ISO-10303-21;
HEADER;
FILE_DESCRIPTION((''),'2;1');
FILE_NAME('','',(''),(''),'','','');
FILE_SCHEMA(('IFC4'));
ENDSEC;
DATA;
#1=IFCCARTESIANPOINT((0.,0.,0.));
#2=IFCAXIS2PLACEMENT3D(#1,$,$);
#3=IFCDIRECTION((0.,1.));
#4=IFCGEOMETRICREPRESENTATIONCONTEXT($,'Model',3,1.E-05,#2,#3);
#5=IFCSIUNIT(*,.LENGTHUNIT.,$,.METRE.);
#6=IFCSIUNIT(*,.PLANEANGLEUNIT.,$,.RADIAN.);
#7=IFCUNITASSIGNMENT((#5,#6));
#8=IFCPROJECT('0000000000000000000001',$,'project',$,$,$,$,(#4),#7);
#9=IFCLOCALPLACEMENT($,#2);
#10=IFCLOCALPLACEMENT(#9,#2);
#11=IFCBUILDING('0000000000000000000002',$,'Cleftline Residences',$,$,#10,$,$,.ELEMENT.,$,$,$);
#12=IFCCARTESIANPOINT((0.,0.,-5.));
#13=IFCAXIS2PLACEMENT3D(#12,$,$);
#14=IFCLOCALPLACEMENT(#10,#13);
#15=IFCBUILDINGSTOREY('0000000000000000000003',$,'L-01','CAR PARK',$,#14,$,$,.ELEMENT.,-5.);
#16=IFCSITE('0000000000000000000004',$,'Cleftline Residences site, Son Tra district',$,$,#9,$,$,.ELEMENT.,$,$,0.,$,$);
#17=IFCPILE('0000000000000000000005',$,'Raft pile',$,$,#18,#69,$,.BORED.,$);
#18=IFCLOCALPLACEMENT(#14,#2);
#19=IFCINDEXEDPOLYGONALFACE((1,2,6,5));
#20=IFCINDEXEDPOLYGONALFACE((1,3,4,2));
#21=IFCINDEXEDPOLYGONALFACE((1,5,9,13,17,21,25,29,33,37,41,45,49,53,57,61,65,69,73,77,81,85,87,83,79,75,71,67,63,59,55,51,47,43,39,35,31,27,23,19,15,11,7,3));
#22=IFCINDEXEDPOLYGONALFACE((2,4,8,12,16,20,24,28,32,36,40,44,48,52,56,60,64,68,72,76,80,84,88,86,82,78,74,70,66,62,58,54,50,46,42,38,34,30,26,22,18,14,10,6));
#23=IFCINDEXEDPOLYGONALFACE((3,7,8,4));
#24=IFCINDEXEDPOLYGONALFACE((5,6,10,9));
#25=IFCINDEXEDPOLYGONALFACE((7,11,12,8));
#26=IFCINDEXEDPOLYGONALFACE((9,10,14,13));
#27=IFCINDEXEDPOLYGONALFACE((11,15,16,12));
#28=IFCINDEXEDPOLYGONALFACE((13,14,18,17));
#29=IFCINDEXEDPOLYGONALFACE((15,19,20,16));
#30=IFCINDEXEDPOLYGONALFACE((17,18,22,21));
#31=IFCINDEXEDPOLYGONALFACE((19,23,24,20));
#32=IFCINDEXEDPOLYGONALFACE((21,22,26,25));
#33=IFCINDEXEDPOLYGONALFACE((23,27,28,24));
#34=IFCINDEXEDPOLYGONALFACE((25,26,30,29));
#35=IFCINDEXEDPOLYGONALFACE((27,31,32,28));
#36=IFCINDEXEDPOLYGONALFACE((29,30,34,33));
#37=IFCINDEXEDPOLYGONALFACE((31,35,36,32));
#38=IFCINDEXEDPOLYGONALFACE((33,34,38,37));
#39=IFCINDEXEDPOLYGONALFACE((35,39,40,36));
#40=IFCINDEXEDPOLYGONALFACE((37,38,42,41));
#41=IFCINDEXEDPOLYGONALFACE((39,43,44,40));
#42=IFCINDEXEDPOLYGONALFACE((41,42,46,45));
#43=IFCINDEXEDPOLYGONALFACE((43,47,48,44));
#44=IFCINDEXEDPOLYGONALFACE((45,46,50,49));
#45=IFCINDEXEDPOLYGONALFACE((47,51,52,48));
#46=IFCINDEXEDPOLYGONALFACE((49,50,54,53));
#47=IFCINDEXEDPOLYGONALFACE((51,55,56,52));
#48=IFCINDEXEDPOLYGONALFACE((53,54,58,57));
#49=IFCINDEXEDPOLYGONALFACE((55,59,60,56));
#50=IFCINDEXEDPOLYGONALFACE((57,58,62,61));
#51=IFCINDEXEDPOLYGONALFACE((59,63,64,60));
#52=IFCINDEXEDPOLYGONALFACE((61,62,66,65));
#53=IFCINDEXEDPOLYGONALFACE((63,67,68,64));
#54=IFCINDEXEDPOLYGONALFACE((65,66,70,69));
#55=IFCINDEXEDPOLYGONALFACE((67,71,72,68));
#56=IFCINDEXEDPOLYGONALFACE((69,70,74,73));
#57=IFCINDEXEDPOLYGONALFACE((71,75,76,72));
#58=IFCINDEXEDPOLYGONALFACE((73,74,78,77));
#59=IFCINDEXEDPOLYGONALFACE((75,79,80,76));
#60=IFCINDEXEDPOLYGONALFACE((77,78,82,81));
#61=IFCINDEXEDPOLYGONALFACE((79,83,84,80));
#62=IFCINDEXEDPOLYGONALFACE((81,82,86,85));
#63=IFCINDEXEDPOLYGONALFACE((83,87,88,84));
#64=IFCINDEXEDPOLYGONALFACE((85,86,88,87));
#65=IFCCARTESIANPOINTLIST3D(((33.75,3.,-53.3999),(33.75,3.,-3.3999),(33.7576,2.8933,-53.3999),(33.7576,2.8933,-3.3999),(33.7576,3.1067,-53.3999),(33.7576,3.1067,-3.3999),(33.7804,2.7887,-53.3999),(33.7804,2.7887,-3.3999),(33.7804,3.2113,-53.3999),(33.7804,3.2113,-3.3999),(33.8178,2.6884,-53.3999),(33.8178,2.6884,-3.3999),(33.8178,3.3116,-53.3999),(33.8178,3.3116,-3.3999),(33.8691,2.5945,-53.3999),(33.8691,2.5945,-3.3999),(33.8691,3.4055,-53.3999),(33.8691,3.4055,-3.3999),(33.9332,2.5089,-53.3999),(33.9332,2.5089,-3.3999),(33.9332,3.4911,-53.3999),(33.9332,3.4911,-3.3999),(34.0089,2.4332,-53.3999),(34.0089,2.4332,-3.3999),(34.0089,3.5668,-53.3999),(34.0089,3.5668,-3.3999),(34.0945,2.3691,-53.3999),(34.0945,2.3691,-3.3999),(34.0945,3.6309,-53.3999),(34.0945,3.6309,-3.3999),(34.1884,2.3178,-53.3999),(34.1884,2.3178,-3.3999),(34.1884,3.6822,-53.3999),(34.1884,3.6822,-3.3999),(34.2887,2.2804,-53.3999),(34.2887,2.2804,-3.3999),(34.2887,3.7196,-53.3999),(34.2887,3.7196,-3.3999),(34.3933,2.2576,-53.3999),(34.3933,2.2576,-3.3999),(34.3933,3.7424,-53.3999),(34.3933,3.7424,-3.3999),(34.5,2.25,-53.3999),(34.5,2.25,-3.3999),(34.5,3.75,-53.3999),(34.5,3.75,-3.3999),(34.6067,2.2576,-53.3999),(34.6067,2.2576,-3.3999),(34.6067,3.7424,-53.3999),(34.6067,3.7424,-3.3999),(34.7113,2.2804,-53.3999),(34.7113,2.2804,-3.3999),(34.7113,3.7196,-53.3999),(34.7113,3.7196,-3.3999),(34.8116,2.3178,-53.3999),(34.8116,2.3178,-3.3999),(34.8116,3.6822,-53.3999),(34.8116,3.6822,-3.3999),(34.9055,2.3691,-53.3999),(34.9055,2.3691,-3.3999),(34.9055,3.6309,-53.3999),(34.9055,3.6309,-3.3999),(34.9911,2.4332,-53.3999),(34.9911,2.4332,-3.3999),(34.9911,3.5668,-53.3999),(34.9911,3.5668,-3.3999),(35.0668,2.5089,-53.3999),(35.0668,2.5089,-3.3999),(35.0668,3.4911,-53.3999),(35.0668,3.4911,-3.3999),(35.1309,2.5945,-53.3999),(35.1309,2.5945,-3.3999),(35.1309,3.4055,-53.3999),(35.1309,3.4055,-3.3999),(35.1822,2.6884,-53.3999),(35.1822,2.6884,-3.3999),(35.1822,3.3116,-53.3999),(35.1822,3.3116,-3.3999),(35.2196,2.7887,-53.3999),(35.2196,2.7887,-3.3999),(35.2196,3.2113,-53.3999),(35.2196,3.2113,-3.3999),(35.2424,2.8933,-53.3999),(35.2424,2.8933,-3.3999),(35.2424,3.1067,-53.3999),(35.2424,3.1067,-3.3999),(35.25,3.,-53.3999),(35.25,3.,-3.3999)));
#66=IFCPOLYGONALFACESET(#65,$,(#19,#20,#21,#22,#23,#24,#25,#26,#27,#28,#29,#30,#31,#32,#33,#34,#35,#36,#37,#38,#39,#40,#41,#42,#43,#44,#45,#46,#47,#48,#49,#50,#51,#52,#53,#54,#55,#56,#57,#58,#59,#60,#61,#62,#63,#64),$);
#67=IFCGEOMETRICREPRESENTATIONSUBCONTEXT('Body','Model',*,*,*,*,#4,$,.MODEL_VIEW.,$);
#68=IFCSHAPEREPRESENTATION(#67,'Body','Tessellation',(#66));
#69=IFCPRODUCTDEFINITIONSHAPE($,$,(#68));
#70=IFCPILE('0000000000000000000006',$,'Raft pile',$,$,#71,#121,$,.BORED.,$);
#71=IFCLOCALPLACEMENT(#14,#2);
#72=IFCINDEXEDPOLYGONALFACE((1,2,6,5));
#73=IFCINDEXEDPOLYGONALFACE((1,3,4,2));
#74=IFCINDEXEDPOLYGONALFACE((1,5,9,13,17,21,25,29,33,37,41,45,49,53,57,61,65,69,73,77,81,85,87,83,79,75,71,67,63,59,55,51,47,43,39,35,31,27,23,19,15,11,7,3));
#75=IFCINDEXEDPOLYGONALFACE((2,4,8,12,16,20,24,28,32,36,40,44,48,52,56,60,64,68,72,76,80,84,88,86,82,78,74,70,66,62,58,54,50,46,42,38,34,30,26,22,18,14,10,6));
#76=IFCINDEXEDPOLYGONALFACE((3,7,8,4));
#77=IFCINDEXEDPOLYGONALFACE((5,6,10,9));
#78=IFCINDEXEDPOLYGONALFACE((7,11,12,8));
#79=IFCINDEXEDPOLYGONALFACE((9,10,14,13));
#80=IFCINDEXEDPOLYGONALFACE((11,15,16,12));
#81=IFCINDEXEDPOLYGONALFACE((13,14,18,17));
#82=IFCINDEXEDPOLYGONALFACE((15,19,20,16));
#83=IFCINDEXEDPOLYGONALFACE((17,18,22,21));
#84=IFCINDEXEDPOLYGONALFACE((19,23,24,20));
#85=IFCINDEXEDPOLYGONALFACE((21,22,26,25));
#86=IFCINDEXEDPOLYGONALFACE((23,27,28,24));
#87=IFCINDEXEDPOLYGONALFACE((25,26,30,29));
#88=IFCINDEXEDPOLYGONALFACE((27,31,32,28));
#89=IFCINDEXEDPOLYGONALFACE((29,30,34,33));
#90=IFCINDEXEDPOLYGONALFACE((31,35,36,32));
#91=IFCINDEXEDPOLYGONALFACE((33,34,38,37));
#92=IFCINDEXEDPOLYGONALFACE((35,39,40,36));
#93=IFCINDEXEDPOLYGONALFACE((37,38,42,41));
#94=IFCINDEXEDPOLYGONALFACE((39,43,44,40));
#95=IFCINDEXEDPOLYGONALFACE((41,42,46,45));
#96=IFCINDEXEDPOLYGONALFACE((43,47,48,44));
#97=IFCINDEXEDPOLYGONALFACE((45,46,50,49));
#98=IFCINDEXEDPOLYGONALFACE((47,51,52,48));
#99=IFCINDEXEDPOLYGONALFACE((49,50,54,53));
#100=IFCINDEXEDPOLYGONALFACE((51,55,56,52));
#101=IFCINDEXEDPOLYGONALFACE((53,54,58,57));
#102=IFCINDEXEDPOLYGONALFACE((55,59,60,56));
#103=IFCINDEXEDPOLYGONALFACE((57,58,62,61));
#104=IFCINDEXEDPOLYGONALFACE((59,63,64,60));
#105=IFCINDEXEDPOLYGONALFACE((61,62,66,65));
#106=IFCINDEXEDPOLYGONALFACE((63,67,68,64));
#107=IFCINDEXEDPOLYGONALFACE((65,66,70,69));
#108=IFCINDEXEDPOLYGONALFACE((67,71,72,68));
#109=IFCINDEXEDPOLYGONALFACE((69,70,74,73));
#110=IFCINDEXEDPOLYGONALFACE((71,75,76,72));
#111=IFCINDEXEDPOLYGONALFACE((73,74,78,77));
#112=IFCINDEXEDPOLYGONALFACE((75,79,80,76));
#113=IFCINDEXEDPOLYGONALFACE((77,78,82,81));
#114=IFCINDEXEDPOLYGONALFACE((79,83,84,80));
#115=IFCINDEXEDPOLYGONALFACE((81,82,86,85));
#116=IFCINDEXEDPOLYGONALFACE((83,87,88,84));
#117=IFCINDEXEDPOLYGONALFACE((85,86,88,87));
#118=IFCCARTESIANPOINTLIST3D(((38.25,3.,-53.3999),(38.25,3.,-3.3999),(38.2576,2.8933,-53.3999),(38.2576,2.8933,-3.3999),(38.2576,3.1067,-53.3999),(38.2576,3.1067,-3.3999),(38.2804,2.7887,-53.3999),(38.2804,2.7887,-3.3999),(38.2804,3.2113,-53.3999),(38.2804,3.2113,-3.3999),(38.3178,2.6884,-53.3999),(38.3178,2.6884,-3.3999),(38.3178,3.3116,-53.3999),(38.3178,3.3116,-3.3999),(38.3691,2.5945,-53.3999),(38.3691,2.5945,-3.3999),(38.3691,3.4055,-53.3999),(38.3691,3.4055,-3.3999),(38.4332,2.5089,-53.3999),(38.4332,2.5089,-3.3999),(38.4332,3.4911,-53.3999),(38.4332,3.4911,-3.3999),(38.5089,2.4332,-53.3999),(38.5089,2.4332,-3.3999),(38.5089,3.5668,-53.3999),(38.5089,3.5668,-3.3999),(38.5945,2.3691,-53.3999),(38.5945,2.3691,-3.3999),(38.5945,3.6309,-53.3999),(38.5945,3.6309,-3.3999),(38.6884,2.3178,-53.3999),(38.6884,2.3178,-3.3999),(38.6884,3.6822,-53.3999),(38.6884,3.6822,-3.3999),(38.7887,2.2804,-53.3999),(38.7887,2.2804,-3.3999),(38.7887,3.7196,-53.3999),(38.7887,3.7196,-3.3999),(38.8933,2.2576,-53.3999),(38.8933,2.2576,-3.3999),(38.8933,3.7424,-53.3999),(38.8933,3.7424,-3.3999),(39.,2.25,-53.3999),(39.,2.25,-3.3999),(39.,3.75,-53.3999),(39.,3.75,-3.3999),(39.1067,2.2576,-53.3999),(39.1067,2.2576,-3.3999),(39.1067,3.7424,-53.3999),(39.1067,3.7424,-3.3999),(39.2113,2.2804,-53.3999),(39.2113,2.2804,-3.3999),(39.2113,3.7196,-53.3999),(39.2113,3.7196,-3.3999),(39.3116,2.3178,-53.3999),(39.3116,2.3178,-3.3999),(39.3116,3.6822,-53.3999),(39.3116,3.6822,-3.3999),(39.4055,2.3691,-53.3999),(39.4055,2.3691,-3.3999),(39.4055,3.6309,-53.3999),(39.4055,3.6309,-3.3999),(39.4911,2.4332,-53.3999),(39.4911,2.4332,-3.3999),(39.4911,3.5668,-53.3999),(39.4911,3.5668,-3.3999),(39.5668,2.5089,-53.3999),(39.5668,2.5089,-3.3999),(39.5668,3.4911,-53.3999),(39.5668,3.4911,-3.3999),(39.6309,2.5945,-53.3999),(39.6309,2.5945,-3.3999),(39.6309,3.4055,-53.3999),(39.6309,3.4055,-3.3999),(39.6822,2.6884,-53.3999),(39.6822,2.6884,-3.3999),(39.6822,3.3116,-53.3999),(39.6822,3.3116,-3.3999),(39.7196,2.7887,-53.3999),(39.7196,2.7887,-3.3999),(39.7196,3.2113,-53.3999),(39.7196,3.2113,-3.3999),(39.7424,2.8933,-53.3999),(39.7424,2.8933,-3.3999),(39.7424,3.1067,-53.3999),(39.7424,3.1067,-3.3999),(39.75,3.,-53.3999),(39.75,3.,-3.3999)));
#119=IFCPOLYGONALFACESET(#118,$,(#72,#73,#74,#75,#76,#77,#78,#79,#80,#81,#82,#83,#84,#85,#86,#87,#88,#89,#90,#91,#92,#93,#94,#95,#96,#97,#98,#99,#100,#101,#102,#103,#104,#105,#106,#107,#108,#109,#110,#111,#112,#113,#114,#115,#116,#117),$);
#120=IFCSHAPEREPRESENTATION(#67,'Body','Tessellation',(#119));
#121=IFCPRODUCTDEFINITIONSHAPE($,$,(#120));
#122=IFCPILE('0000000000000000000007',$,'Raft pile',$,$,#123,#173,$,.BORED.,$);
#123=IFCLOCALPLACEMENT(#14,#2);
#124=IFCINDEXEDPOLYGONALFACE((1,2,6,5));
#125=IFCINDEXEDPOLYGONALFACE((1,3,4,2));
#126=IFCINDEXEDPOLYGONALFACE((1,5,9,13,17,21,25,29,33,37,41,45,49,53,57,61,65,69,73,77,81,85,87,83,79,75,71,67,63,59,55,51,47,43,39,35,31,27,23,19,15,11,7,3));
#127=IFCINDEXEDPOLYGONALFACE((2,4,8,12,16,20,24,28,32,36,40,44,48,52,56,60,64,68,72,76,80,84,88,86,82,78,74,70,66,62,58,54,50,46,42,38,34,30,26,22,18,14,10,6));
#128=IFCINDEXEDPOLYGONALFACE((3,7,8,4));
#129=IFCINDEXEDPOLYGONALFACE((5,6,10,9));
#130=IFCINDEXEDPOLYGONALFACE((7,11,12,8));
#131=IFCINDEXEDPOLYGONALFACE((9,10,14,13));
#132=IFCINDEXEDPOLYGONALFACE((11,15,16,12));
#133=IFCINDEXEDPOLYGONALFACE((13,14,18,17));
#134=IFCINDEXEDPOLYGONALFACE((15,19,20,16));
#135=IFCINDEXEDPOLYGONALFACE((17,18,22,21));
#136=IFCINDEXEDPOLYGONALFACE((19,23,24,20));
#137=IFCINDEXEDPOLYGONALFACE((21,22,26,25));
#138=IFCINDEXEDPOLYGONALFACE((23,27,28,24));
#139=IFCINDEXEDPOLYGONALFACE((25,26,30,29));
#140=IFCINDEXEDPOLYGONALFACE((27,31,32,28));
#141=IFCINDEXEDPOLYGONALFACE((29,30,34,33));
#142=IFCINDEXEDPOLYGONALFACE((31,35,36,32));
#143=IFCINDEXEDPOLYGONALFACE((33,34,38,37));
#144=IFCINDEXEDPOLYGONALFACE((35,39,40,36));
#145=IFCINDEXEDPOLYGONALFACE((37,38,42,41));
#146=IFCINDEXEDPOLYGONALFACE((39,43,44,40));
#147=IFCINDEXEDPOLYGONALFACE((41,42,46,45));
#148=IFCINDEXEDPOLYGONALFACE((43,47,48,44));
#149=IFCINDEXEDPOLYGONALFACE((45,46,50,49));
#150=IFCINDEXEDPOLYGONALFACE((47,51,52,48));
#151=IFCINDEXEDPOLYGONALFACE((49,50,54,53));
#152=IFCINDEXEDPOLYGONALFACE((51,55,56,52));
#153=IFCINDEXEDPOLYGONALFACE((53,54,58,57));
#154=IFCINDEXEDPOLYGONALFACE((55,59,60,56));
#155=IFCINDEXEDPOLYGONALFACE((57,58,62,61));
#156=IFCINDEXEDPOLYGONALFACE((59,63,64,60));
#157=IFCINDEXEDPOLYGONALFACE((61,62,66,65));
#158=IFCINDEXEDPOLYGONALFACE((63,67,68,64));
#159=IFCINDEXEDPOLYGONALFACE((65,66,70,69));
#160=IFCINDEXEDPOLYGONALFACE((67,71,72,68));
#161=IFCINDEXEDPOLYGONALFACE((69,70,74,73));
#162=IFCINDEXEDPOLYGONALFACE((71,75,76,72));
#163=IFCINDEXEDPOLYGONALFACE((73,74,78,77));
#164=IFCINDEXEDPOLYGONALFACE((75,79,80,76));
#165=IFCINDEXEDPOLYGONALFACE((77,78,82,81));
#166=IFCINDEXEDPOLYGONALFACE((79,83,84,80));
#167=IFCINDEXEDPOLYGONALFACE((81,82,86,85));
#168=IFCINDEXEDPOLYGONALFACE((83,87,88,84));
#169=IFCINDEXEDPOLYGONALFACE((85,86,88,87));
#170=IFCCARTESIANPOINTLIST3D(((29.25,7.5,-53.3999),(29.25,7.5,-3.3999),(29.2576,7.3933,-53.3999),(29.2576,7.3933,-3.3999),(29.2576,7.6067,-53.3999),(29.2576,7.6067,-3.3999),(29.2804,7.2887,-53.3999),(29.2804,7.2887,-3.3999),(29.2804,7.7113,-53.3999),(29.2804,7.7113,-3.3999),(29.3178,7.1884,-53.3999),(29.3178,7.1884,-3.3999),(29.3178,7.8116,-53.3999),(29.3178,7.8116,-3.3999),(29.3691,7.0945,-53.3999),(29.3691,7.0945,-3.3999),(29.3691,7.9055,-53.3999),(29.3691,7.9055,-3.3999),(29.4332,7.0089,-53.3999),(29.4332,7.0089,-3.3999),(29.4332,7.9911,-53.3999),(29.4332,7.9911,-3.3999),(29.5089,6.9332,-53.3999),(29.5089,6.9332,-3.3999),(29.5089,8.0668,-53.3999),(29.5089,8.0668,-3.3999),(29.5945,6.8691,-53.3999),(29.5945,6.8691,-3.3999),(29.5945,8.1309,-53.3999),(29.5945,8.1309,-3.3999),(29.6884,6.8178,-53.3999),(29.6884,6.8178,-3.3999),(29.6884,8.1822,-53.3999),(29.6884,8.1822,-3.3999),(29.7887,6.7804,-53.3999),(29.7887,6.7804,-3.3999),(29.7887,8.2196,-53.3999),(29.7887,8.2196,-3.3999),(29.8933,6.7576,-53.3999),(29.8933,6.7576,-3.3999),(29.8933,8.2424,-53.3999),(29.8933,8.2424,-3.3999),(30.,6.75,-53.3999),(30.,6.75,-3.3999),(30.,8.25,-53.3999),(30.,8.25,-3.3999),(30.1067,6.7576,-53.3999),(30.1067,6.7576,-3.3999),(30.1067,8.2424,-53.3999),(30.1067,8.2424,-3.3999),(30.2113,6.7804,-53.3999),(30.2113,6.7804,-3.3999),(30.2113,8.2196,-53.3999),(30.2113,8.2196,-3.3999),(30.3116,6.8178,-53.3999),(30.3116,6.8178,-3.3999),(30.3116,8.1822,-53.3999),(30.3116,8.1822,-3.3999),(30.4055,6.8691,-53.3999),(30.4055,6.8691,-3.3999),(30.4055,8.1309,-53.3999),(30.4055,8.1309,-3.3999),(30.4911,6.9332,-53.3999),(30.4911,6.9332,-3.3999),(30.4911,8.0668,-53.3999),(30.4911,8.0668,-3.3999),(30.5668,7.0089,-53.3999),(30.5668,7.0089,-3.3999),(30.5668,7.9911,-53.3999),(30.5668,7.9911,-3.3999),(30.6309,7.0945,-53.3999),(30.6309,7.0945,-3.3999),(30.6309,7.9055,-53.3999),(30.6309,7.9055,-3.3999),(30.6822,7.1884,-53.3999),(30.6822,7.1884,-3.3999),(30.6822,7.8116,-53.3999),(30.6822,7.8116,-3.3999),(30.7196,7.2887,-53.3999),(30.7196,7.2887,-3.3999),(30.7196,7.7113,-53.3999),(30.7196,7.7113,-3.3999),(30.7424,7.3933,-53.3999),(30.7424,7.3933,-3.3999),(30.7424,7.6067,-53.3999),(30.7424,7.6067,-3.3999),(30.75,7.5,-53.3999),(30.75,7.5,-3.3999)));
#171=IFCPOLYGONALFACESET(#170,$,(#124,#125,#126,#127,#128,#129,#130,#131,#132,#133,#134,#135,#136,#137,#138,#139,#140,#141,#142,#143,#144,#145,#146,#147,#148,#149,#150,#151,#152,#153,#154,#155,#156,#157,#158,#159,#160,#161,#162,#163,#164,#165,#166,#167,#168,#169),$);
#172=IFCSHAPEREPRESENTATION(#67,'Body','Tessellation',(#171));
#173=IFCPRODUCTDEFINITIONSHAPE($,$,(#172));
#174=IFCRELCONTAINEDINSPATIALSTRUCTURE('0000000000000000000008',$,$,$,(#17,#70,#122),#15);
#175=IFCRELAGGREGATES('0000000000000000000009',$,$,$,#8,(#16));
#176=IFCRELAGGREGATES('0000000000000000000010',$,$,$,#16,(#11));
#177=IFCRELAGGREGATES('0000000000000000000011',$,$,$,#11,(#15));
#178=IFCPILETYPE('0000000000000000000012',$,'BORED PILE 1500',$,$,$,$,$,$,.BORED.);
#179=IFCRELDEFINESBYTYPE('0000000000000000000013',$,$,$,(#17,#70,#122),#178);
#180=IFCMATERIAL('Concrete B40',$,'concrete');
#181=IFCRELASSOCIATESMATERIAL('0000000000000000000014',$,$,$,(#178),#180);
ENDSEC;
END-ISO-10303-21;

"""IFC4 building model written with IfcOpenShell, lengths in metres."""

from ifc_helpers import new_model, si_unit, direction, frame, origin, origin_2d, place, context, subcontext, project, spatial, circle, extrude, material, material_profile, profile_set, type_object, element, save


model = new_model("IFC4")

# Units and contexts
model_context = context("Model", 3, precision=1e-05, world=origin(), true_north=direction((0.0, 1.0)))
body_context = subcontext(model_context, "Body", "Model", "MODEL_VIEW")
ifc_project = project(units=[si_unit("LENGTHUNIT", "METRE"), si_unit("PLANEANGLEUNIT", "RADIAN")], contexts=[model_context])

# Site, building, storey
site_placement = place(None, origin())
site = spatial("IfcSite", under=ifc_project, at=site_placement, Name="Cleftline Residences site, Son Tra district", CompositionType="ELEMENT", RefElevation=0.0)
building_placement = place(site_placement, origin())
building = spatial("IfcBuilding", under=site, at=building_placement, Name="Cleftline Residences", CompositionType="ELEMENT")
storey_placement = place(building_placement, frame((0.0, 0.0, -5.0)))
storey = spatial("IfcBuildingStorey", under=building, at=storey_placement, Name="L-01", Description="CAR PARK", CompositionType="ELEMENT", Elevation=-5.0)

# Piles
ifc_material_1 = material(Name="Concrete B40", Category="concrete")
ifc_material_profile_1 = material_profile(ifc_material_1, circle(Radius=0.75, at=origin_2d()))
ifc_profile_set_1 = profile_set([ifc_material_profile_1], Name="Concrete B40")
pile_type = type_object("IfcPileType", Name="BORED PILE 1500", PredefinedType="BORED", material=ifc_profile_set_1)
for number, where, z_axis, x_axis, name in (
    (1, (34.5, 3.0, -3.3999), (0.0, 0.0, -1.0), (1.0, 0.0, 0.0), "Raft pile"),
    (2, (39.0, 3.0, -3.3999), (0.0, 0.0, -1.0), (1.0, 0.0, 0.0), "Raft pile"),
    (3, (30.0, 7.5, -3.3999), (0.0, 0.0, -1.0), (1.0, 0.0, 0.0), "Raft pile"),
):
    element("IfcPile", number, at=place(storey_placement, frame(where, z_axis=z_axis, x_axis=x_axis)), inside=storey, type_object=pile_type, Name=name, PredefinedType="BORED", context=body_context, shape_type="SweptSolid", body=[
        extrude(circle(Radius=0.75, at=origin_2d()), origin(), (0.0, 0.0, 1.0), 50.0),
    ])

save(model, "model.ifc")
